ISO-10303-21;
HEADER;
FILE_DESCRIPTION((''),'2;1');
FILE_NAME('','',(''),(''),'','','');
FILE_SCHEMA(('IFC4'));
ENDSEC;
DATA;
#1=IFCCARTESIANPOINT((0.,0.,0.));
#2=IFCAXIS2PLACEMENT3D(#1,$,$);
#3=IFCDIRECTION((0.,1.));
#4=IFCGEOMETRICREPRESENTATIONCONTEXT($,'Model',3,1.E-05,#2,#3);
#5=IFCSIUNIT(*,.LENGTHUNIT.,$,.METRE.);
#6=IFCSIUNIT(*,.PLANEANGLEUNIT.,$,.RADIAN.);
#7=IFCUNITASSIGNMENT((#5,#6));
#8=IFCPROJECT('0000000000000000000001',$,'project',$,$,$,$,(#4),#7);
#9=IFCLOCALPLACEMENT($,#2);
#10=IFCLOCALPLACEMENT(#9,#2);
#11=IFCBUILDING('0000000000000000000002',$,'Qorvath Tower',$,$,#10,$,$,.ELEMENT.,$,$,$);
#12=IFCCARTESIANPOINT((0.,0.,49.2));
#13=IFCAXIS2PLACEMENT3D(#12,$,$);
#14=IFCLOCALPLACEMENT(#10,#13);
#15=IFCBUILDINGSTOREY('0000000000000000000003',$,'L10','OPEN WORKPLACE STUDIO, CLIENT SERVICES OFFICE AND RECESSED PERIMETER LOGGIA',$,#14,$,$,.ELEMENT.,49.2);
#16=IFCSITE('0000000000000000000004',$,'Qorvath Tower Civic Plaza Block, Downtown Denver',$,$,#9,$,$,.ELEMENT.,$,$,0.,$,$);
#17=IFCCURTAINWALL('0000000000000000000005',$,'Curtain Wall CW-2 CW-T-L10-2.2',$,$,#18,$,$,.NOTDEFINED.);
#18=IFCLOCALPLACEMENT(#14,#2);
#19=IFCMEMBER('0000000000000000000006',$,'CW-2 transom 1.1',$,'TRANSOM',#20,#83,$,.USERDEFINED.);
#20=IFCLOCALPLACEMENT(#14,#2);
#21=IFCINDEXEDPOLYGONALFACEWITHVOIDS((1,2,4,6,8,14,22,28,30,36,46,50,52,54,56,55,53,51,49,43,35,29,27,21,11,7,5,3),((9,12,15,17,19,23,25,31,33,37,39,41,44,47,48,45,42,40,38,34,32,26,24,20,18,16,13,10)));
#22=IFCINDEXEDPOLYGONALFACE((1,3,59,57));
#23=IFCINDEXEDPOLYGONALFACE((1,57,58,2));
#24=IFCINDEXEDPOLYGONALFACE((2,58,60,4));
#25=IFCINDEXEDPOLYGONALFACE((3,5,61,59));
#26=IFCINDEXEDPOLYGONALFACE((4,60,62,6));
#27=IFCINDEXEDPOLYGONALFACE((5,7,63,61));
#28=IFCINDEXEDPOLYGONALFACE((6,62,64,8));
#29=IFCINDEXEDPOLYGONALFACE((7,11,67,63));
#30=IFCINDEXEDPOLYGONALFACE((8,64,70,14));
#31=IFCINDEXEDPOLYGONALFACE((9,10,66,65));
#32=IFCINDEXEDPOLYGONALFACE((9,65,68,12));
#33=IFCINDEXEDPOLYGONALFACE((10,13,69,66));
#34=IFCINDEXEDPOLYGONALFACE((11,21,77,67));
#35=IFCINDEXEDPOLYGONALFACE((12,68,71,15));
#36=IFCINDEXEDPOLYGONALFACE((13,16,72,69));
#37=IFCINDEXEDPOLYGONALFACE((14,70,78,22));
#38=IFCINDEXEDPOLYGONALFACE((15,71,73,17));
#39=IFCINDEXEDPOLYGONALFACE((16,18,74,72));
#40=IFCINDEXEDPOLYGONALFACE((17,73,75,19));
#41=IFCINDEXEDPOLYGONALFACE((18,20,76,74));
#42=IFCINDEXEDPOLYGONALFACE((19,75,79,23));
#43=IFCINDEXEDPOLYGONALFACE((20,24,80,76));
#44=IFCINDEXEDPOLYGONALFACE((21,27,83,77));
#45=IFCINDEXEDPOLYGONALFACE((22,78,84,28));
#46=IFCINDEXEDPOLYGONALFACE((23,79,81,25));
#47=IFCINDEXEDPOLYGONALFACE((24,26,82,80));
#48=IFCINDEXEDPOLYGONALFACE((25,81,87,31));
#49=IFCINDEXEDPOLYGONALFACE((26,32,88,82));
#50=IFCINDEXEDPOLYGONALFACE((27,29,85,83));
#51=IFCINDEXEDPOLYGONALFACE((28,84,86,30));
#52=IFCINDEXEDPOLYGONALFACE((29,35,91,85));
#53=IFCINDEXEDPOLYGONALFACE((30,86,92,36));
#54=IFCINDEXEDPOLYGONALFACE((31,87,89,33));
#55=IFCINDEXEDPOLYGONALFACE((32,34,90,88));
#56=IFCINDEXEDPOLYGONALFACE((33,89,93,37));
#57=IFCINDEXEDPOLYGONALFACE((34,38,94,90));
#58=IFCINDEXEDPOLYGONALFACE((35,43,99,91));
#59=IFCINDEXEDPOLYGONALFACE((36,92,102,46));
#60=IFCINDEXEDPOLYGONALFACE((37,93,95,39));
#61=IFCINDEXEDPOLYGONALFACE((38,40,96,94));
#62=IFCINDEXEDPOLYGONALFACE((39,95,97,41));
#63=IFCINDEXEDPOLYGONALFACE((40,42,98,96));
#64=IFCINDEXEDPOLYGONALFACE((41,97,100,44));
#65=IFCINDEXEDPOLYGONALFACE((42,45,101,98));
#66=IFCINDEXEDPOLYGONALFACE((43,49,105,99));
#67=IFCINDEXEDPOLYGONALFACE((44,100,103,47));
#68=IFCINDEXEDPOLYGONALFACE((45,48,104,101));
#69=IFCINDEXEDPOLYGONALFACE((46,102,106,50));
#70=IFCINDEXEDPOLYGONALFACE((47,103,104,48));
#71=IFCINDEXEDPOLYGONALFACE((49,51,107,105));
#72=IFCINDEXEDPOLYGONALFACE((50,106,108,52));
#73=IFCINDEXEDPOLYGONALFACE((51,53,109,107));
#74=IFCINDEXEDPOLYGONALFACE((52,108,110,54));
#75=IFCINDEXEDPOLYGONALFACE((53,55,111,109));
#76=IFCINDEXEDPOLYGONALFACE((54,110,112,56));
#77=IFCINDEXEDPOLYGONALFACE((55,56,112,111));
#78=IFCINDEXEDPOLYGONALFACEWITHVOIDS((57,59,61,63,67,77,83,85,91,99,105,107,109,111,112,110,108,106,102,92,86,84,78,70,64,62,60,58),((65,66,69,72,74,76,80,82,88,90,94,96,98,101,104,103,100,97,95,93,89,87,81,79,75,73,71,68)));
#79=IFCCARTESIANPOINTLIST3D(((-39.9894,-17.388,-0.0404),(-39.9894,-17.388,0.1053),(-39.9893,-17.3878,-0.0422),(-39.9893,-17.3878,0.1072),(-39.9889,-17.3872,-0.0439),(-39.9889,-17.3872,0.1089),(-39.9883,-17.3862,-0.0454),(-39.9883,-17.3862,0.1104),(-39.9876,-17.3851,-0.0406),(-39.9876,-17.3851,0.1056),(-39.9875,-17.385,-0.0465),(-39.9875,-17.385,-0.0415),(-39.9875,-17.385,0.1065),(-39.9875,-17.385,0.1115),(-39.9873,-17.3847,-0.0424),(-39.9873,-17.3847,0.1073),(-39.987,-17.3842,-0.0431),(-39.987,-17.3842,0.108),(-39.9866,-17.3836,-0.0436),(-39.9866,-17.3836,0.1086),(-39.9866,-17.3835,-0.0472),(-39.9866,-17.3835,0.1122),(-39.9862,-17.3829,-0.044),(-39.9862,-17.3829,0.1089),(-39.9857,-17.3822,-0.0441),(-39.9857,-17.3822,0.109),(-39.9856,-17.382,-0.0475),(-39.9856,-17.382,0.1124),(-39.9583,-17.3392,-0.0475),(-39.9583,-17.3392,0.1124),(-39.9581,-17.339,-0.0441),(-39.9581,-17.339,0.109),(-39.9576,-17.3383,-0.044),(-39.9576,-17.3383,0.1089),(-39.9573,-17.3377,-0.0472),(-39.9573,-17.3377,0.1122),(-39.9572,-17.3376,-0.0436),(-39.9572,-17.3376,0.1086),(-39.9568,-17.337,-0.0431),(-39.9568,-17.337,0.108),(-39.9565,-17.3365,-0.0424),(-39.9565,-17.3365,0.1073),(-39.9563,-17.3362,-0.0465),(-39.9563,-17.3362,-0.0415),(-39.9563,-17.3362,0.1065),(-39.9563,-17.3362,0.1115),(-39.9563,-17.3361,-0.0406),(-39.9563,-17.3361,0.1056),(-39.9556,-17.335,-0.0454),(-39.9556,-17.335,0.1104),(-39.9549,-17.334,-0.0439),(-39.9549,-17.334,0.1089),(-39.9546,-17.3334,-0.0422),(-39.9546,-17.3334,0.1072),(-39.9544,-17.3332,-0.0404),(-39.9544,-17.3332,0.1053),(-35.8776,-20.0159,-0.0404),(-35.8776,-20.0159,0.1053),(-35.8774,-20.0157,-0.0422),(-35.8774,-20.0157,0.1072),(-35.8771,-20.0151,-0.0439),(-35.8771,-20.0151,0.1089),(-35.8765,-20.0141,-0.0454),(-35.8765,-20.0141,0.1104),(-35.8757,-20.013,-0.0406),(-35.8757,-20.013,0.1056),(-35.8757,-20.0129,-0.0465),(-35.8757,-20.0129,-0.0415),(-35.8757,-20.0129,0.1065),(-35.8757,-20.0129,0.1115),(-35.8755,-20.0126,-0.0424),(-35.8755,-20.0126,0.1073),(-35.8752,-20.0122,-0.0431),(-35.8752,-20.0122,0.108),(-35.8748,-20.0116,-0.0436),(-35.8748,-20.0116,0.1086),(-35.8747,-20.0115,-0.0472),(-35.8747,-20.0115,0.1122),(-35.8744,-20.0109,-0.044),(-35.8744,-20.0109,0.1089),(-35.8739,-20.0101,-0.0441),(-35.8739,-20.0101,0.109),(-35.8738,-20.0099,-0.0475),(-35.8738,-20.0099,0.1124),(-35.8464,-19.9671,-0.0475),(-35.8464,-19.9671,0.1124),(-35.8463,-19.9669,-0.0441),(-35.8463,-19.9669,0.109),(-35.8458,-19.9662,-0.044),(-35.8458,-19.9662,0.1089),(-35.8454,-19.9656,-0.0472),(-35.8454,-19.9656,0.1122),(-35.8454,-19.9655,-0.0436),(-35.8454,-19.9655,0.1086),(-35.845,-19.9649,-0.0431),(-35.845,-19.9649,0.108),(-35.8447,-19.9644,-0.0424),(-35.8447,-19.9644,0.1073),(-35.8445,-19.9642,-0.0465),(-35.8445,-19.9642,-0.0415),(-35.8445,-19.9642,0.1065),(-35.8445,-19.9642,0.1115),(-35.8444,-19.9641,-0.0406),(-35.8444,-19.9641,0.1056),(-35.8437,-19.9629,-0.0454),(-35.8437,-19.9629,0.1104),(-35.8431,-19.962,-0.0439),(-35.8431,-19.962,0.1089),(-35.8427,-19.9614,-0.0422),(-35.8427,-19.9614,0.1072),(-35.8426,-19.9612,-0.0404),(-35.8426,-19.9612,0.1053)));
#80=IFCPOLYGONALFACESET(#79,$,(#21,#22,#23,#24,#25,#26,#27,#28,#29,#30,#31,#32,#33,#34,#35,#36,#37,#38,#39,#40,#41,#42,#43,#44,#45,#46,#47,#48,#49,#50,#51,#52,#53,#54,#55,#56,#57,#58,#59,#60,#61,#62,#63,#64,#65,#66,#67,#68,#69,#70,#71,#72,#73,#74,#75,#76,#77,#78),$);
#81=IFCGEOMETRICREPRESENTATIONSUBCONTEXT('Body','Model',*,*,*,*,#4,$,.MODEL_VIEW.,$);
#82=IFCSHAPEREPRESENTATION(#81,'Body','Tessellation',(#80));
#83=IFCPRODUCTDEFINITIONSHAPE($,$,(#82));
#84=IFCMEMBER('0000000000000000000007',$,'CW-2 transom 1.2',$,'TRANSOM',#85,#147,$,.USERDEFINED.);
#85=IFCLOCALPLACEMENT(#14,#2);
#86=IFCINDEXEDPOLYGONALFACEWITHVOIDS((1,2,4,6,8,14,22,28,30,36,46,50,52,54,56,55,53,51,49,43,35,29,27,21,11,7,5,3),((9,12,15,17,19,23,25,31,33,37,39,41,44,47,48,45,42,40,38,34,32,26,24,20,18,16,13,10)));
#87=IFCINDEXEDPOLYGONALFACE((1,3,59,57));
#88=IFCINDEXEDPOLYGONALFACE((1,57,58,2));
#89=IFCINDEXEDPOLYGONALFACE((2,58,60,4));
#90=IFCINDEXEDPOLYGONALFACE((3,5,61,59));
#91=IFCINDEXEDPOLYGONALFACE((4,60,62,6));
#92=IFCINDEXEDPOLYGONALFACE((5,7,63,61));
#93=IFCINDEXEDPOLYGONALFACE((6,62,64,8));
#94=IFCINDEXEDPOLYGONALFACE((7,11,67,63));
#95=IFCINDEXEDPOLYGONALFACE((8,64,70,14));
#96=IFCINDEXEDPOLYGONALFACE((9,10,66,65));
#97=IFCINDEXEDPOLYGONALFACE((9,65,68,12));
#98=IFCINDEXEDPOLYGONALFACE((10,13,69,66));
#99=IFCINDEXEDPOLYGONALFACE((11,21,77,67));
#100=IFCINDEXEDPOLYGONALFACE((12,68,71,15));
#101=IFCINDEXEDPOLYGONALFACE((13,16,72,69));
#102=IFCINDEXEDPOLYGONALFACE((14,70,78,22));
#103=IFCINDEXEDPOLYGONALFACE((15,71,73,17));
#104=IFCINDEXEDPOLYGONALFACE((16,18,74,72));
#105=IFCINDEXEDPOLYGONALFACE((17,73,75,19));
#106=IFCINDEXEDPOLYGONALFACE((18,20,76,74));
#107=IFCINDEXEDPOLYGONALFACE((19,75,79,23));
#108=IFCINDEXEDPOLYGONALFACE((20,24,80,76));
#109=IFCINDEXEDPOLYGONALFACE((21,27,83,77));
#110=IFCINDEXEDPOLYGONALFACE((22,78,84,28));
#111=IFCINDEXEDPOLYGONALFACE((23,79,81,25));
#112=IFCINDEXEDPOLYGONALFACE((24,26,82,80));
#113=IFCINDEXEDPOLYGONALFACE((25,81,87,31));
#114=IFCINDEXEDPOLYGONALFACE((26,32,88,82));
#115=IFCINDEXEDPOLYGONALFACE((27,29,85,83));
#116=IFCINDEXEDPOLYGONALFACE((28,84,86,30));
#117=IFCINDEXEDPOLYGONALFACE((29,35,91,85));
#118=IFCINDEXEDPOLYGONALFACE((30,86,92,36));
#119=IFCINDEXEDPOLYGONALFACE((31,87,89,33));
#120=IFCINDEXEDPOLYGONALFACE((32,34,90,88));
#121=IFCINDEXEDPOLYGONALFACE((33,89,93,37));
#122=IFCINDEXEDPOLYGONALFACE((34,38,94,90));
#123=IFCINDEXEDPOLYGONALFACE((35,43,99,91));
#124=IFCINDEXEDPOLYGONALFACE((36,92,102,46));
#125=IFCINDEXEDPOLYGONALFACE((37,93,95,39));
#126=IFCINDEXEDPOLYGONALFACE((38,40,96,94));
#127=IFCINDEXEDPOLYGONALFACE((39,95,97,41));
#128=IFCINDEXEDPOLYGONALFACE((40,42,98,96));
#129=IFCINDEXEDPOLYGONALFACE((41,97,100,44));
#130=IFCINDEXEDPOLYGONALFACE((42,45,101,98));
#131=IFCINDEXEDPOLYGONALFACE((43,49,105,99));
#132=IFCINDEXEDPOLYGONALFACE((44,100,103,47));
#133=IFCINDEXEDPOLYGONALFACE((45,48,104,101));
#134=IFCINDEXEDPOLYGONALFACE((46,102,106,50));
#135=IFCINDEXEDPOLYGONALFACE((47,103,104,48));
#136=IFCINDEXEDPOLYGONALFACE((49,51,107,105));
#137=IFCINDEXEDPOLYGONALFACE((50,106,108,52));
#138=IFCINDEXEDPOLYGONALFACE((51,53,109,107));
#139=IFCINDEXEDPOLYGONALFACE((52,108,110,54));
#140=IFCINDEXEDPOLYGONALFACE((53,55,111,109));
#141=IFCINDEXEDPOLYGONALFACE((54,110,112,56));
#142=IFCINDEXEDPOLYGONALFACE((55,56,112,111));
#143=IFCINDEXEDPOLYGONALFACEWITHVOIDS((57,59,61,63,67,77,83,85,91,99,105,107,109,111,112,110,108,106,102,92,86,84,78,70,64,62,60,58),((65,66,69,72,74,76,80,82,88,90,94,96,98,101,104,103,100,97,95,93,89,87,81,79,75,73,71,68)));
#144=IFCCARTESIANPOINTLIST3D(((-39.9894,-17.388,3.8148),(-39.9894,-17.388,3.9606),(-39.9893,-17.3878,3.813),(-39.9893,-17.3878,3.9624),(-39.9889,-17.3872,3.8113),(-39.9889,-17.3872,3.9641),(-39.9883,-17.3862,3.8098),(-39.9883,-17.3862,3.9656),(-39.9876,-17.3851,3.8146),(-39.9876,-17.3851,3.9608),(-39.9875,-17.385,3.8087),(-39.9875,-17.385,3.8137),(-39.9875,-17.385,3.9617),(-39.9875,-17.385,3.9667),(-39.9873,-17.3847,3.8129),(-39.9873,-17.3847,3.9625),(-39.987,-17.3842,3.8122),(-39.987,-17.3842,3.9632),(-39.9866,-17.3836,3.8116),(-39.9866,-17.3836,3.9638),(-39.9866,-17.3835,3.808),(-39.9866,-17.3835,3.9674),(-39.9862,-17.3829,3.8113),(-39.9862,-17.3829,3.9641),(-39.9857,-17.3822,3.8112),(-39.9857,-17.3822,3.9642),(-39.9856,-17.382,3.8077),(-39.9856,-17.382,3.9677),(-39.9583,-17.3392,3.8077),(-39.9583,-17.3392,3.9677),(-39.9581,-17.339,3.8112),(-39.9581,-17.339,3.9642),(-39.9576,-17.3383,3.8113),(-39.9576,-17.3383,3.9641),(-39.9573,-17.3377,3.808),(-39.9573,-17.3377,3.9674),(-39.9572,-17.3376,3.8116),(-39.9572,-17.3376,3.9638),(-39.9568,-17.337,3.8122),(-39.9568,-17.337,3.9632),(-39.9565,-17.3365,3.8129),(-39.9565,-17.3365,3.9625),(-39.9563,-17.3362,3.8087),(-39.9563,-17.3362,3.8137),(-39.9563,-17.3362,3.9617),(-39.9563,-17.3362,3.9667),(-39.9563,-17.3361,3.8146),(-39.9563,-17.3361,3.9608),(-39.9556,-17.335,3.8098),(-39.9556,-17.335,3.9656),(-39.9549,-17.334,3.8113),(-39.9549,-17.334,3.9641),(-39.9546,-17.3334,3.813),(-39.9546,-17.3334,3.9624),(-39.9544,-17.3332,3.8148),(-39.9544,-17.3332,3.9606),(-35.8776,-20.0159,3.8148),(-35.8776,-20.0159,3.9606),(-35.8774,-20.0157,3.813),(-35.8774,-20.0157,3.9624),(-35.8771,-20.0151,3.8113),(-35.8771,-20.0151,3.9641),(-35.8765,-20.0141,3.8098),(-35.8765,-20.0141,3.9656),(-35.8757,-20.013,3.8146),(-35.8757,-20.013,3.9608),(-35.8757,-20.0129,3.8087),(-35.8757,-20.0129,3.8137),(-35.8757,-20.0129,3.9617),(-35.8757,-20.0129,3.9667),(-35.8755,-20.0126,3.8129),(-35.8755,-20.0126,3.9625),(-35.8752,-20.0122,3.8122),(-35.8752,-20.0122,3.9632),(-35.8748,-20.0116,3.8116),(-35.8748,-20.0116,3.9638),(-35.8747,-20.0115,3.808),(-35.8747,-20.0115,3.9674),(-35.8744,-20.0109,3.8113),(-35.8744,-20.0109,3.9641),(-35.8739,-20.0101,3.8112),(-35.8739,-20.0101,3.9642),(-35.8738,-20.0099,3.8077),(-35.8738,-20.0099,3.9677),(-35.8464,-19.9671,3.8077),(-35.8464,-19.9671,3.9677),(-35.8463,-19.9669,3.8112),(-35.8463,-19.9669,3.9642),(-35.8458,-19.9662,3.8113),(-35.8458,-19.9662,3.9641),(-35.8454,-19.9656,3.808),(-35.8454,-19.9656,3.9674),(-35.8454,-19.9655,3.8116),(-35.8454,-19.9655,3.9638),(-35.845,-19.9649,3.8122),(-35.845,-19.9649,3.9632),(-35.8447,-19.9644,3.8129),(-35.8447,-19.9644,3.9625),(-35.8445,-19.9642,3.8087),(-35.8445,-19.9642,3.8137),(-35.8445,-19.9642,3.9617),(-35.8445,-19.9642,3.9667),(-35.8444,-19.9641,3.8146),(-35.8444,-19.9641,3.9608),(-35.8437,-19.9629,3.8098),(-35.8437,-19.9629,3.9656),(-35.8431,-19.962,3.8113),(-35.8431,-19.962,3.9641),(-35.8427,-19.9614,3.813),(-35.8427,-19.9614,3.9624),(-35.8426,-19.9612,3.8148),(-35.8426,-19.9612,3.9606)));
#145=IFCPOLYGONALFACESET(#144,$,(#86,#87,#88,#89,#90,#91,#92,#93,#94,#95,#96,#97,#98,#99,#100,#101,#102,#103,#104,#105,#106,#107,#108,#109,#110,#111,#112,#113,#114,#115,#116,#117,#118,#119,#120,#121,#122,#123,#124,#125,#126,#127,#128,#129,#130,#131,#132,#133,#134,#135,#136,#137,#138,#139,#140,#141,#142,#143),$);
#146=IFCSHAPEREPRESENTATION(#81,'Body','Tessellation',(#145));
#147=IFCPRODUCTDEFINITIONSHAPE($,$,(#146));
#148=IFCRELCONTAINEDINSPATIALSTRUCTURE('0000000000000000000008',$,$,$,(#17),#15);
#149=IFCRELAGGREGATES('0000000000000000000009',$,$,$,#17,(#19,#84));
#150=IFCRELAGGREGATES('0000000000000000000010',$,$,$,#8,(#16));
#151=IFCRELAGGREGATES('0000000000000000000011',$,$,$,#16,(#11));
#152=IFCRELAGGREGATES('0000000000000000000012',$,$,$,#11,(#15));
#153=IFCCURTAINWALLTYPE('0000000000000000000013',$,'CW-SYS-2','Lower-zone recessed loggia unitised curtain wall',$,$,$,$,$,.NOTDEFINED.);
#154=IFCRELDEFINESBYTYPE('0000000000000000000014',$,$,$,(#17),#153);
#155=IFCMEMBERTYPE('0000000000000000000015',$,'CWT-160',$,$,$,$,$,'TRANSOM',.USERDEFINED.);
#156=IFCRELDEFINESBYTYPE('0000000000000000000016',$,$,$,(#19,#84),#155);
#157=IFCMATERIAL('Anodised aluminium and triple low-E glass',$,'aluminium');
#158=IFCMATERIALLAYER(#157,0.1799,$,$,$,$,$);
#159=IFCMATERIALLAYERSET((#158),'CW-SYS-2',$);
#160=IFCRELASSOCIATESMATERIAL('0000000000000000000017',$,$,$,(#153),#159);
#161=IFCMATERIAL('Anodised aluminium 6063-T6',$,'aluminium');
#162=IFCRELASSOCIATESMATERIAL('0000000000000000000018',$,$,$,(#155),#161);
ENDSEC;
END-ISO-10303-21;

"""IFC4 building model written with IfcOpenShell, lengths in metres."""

from ifc_helpers import new_model, si_unit, direction, frame, origin, origin_2d, place, context, subcontext, project, spatial, hollow_rectangle, extrude, material, layer, layer_set, material_profile, profile_set, type_object, element, aggregate, save


model = new_model("IFC4")

# Units and contexts
model_context = context("Model", 3, precision=1e-05, world=origin(), true_north=direction((0.0, 1.0)))
body_context = subcontext(model_context, "Body", "Model", "MODEL_VIEW")
ifc_project = project(units=[si_unit("LENGTHUNIT", "METRE"), si_unit("PLANEANGLEUNIT", "RADIAN")], contexts=[model_context])

# Site, building, storey
site_placement = place(None, origin())
site = spatial("IfcSite", under=ifc_project, at=site_placement, Name="Qorvath Tower Civic Plaza Block, Downtown Denver", CompositionType="ELEMENT", RefElevation=0.0)
building_placement = place(site_placement, origin())
building = spatial("IfcBuilding", under=site, at=building_placement, Name="Qorvath Tower", CompositionType="ELEMENT")
storey_placement = place(building_placement, frame((0.0, 0.0, 49.2)))
storey = spatial("IfcBuildingStorey", under=building, at=storey_placement, Name="L10", Description="OPEN WORKPLACE STUDIO, CLIENT SERVICES OFFICE AND RECESSED PERIMETER LOGGIA", CompositionType="ELEMENT", Elevation=49.2)

# Curtain wall, members
ifc_material_1 = material(Name="Anodised aluminium and triple low-E glass", Category="aluminium")
ifc_layer_1 = layer(ifc_material_1, 0.1799)
ifc_layer_set_1 = layer_set([ifc_layer_1], Name="CW-SYS-2")
curtain_wall_type = type_object("IfcCurtainWallType", Name="CW-SYS-2", Description="Lower-zone recessed loggia unitised curtain wall", PredefinedType="NOTDEFINED", material=ifc_layer_set_1)
curtain_wall_placement = place(storey_placement, origin())
curtain_wall = element("IfcCurtainWall", 1, at=curtain_wall_placement, inside=storey, type_object=curtain_wall_type, Name="Curtain Wall CW-2 CW-T-L10-2.2", PredefinedType="NOTDEFINED")
ifc_material_2 = material(Name="Anodised aluminium 6063-T6", Category="aluminium")
ifc_material_profile_1 = material_profile(ifc_material_2, hollow_rectangle(XDim=0.0649, YDim=0.1599, WallThickness=0.0034, InnerFilletRadius=0.0034, OuterFilletRadius=0.0071, at=origin_2d()), Name="CWT 160x65")
ifc_profile_set_1 = profile_set([ifc_material_profile_1], Name="Anodised aluminium 6063-T6")
member_type_1 = type_object("IfcMemberType", Name="CWT-160", ElementType="TRANSOM", PredefinedType="USERDEFINED", material=ifc_profile_set_1)
member_1_placement = place(storey_placement, frame((-39.9719, -17.3606, 0.0325), z_axis=(0.842609, -0.538525, 0.0), x_axis=(0.538525, 0.842609, 0.0)))
member_1 = element("IfcMember", 2, at=member_1_placement, type_object=member_type_1, Name="CW-2 transom 1.1", ObjectType="TRANSOM", PredefinedType="USERDEFINED", context=body_context, shape_type="SweptSolid", body=[
    extrude(hollow_rectangle(XDim=0.0649, YDim=0.1599, WallThickness=0.0034, InnerFilletRadius=0.0034, OuterFilletRadius=0.0071, at=origin_2d()), origin(), (0.0, 0.0, 1.0), 4.8799),
])
member_2_placement = place(storey_placement, frame((-39.9719, -17.3606, 3.8877), z_axis=(0.842609, -0.538525, 0.0), x_axis=(0.538525, 0.842609, 0.0)))
member_2 = element("IfcMember", 3, at=member_2_placement, type_object=member_type_1, Name="CW-2 transom 1.2", ObjectType="TRANSOM", PredefinedType="USERDEFINED", context=body_context, shape_type="SweptSolid", body=[
    extrude(hollow_rectangle(XDim=0.0649, YDim=0.1599, WallThickness=0.0034, InnerFilletRadius=0.0034, OuterFilletRadius=0.0071, at=origin_2d()), origin(), (0.0, 0.0, 1.0), 4.8799),
])
aggregate(curtain_wall, [member_1, member_2])

save(model, "model.ifc")
